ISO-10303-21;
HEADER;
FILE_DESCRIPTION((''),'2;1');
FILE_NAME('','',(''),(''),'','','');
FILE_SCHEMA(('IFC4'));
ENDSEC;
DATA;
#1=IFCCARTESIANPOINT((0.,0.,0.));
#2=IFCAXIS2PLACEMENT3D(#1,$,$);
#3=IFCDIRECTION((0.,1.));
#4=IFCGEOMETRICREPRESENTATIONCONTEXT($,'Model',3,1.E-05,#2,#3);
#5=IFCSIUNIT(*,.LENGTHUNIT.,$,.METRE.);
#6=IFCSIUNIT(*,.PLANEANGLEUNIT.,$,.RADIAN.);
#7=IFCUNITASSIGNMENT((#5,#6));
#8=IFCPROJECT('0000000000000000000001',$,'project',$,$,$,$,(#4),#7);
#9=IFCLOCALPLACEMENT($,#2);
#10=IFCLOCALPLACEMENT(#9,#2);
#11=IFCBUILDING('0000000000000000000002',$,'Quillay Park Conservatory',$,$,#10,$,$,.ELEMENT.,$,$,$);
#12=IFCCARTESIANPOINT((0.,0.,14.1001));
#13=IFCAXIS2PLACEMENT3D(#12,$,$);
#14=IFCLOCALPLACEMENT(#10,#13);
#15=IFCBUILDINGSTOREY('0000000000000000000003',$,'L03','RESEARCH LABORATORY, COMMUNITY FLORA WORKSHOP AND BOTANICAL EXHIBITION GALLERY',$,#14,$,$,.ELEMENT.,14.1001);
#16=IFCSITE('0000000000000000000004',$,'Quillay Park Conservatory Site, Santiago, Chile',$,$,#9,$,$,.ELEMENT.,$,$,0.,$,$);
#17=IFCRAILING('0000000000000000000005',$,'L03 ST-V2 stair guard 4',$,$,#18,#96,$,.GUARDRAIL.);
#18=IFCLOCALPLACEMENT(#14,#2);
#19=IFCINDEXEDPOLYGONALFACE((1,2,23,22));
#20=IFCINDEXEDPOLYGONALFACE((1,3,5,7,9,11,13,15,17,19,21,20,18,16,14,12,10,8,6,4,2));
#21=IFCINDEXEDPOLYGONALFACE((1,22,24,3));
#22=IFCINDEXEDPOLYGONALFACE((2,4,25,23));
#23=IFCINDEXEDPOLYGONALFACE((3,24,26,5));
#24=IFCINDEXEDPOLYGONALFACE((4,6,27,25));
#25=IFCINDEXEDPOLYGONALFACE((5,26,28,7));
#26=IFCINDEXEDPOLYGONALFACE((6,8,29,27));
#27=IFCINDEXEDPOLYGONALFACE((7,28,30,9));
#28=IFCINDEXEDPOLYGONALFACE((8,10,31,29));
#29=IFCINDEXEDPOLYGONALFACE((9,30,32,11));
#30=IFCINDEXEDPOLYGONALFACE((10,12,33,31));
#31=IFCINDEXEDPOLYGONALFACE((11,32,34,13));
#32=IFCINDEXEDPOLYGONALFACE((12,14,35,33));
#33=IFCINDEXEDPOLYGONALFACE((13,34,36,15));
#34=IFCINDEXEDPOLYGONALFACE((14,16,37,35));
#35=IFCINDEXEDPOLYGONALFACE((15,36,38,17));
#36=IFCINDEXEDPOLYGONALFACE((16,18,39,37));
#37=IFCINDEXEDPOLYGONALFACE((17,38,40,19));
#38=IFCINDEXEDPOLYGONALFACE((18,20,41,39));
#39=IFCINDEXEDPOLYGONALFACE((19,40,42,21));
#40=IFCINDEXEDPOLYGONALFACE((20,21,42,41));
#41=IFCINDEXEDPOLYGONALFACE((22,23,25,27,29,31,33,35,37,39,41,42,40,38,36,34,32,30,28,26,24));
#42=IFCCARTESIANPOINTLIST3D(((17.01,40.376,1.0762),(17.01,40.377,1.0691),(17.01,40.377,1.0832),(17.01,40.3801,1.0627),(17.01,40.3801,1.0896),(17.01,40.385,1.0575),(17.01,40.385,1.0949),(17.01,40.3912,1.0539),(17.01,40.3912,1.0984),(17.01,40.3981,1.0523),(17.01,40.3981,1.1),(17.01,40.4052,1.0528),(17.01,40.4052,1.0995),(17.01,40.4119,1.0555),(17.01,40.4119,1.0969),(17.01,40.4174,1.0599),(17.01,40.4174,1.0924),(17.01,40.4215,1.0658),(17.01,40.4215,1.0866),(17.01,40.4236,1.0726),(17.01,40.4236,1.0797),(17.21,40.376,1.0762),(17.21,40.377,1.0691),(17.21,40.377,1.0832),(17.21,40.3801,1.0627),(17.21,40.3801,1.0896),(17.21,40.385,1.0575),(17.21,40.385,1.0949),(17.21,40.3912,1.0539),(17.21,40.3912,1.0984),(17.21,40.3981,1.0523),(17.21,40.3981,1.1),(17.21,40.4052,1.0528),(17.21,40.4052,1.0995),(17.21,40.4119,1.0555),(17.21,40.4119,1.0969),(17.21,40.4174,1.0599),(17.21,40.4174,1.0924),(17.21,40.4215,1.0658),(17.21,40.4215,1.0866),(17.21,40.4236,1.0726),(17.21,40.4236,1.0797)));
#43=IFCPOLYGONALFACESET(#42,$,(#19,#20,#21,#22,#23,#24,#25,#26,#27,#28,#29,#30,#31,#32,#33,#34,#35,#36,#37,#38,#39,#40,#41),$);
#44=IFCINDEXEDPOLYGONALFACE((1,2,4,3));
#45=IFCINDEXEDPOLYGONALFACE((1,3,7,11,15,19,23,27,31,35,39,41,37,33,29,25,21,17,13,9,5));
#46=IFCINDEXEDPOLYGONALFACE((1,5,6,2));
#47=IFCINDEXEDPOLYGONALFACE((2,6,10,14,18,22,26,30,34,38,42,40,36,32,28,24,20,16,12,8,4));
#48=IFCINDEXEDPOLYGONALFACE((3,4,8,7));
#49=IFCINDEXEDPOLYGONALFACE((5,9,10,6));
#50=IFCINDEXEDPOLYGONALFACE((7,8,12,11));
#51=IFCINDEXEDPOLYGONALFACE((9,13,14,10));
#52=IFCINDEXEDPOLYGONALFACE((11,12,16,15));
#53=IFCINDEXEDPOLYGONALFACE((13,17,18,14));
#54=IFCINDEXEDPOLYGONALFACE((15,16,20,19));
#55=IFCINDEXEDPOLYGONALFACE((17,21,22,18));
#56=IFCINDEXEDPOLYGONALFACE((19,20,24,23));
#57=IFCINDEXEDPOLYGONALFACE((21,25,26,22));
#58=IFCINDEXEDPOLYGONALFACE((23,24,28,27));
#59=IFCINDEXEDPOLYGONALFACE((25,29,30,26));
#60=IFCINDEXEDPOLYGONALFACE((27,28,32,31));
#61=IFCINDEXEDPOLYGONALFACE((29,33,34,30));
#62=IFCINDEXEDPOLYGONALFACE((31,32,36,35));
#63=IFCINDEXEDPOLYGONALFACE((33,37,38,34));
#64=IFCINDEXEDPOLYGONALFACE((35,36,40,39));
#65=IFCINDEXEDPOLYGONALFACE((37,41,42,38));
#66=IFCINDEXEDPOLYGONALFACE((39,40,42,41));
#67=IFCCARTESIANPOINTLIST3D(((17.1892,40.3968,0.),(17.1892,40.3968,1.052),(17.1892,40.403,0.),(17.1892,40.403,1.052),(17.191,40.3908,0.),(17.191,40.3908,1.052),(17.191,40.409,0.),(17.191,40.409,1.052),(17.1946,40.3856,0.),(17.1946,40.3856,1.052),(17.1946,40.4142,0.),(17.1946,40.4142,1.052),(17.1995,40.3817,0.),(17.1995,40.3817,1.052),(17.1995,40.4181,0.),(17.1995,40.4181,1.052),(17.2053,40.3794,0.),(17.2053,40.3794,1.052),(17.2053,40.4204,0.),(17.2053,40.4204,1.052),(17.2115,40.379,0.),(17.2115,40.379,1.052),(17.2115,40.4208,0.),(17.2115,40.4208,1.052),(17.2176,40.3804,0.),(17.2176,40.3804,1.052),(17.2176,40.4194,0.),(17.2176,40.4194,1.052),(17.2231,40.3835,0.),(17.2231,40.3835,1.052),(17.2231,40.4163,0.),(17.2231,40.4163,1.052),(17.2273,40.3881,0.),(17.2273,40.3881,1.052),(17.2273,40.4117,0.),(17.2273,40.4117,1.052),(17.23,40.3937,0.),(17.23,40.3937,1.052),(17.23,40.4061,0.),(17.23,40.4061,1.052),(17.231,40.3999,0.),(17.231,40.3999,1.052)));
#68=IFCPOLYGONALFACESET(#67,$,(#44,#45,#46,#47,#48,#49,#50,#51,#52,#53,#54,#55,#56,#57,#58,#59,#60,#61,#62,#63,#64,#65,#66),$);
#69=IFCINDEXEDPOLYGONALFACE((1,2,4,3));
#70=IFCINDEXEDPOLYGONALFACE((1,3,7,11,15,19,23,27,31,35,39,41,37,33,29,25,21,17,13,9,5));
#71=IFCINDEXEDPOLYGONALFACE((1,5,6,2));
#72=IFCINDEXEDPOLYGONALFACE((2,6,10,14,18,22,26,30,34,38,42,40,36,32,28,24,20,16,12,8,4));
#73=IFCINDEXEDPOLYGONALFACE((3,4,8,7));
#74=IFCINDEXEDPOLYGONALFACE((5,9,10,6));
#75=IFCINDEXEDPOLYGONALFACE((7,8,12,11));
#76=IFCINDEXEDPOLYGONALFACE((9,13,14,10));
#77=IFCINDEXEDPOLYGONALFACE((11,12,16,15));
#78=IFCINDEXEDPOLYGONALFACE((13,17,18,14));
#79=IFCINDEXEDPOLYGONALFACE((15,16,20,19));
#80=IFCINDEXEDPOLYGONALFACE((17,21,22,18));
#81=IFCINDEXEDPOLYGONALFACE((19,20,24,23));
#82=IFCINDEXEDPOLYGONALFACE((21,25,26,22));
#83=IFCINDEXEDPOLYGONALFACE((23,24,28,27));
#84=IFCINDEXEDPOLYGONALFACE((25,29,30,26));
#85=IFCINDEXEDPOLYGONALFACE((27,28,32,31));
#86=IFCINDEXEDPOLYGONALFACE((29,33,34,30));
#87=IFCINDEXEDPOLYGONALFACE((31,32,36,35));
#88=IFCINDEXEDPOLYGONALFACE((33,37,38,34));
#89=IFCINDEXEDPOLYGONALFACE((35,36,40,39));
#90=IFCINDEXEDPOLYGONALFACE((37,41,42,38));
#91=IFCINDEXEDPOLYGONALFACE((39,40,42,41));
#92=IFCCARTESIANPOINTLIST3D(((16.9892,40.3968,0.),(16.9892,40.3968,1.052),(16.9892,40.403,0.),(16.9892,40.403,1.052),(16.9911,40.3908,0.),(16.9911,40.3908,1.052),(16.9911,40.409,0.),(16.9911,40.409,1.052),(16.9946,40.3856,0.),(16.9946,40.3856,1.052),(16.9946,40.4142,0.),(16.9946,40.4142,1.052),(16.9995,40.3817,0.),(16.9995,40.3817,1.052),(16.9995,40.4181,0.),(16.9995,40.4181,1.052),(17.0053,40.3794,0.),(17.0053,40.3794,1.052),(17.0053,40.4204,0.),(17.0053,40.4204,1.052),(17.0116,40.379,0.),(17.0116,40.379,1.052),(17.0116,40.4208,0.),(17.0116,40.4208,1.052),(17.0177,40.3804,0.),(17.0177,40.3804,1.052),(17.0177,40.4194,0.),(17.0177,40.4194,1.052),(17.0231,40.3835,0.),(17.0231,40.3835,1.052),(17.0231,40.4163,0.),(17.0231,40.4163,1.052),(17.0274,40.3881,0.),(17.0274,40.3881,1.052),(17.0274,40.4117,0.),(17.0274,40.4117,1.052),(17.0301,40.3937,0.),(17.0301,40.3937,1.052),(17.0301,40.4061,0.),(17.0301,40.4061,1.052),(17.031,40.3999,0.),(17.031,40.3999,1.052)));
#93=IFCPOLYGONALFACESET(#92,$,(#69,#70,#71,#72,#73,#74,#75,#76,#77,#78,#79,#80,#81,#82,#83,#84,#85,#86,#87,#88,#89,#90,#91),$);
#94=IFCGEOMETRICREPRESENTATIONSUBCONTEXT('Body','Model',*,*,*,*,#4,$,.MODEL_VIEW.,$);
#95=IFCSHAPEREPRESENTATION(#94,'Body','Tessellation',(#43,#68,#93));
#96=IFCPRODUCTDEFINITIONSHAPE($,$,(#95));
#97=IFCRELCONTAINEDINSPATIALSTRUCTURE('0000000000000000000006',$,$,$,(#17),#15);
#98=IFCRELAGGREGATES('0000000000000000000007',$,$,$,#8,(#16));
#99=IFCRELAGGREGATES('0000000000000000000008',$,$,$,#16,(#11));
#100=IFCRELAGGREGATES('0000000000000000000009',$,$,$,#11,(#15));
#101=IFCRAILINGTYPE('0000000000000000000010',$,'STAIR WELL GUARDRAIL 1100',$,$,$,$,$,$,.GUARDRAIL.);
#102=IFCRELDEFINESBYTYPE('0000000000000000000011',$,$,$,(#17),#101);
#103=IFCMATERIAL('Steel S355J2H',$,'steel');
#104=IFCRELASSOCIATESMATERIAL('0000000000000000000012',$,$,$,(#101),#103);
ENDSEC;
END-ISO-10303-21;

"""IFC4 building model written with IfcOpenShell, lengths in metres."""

from ifc_helpers import new_model, si_unit, direction, frame, origin, origin_2d, place, context, subcontext, project, spatial, circle, extrude, material, type_object, element, save


model = new_model("IFC4")

# Units and contexts
model_context = context("Model", 3, precision=1e-05, world=origin(), true_north=direction((0.0, 1.0)))
body_context = subcontext(model_context, "Body", "Model", "MODEL_VIEW")
ifc_project = project(units=[si_unit("LENGTHUNIT", "METRE"), si_unit("PLANEANGLEUNIT", "RADIAN")], contexts=[model_context])

# Site, building, storey
site_placement = place(None, origin())
site = spatial("IfcSite", under=ifc_project, at=site_placement, Name="Quillay Park Conservatory Site, Santiago, Chile", CompositionType="ELEMENT", RefElevation=0.0)
building_placement = place(site_placement, origin())
building = spatial("IfcBuilding", under=site, at=building_placement, Name="Quillay Park Conservatory", CompositionType="ELEMENT")
storey_placement = place(building_placement, frame((0.0, 0.0, 14.1001)))
storey = spatial("IfcBuildingStorey", under=building, at=storey_placement, Name="L03", Description="RESEARCH LABORATORY, COMMUNITY FLORA WORKSHOP AND BOTANICAL EXHIBITION GALLERY", CompositionType="ELEMENT", Elevation=14.1001)

# Railing
ifc_material_1 = material(Name="Steel S355J2H", Category="steel")
railing_type_1 = type_object("IfcRailingType", Name="STAIR WELL GUARDRAIL 1100", PredefinedType="GUARDRAIL", material=ifc_material_1)
railing_1_placement = place(storey_placement, frame((17.21, 40.3999, 0.0)))
element("IfcRailing", 1, at=railing_1_placement, inside=storey, type_object=railing_type_1, Name="L03 ST-V2 stair guard 4", PredefinedType="GUARDRAIL", context=body_context, shape_type="SweptSolid", body=[
    extrude(circle(Radius=0.0239, at=origin_2d()), frame((0.0, 0.0, 1.0762), z_axis=(-1.0, 0.0, 0.0), x_axis=(0.0, -1.0, 0.0)), (0.0, 0.0, 1.0), 0.2),
    extrude(circle(Radius=0.021, at=origin_2d()), origin(), (0.0, 0.0, 1.0), 1.052),
    extrude(circle(Radius=0.021, at=origin_2d()), frame((-0.2, 0.0, 0.0)), (0.0, 0.0, 1.0), 1.052),
])

save(model, "model.ifc")
